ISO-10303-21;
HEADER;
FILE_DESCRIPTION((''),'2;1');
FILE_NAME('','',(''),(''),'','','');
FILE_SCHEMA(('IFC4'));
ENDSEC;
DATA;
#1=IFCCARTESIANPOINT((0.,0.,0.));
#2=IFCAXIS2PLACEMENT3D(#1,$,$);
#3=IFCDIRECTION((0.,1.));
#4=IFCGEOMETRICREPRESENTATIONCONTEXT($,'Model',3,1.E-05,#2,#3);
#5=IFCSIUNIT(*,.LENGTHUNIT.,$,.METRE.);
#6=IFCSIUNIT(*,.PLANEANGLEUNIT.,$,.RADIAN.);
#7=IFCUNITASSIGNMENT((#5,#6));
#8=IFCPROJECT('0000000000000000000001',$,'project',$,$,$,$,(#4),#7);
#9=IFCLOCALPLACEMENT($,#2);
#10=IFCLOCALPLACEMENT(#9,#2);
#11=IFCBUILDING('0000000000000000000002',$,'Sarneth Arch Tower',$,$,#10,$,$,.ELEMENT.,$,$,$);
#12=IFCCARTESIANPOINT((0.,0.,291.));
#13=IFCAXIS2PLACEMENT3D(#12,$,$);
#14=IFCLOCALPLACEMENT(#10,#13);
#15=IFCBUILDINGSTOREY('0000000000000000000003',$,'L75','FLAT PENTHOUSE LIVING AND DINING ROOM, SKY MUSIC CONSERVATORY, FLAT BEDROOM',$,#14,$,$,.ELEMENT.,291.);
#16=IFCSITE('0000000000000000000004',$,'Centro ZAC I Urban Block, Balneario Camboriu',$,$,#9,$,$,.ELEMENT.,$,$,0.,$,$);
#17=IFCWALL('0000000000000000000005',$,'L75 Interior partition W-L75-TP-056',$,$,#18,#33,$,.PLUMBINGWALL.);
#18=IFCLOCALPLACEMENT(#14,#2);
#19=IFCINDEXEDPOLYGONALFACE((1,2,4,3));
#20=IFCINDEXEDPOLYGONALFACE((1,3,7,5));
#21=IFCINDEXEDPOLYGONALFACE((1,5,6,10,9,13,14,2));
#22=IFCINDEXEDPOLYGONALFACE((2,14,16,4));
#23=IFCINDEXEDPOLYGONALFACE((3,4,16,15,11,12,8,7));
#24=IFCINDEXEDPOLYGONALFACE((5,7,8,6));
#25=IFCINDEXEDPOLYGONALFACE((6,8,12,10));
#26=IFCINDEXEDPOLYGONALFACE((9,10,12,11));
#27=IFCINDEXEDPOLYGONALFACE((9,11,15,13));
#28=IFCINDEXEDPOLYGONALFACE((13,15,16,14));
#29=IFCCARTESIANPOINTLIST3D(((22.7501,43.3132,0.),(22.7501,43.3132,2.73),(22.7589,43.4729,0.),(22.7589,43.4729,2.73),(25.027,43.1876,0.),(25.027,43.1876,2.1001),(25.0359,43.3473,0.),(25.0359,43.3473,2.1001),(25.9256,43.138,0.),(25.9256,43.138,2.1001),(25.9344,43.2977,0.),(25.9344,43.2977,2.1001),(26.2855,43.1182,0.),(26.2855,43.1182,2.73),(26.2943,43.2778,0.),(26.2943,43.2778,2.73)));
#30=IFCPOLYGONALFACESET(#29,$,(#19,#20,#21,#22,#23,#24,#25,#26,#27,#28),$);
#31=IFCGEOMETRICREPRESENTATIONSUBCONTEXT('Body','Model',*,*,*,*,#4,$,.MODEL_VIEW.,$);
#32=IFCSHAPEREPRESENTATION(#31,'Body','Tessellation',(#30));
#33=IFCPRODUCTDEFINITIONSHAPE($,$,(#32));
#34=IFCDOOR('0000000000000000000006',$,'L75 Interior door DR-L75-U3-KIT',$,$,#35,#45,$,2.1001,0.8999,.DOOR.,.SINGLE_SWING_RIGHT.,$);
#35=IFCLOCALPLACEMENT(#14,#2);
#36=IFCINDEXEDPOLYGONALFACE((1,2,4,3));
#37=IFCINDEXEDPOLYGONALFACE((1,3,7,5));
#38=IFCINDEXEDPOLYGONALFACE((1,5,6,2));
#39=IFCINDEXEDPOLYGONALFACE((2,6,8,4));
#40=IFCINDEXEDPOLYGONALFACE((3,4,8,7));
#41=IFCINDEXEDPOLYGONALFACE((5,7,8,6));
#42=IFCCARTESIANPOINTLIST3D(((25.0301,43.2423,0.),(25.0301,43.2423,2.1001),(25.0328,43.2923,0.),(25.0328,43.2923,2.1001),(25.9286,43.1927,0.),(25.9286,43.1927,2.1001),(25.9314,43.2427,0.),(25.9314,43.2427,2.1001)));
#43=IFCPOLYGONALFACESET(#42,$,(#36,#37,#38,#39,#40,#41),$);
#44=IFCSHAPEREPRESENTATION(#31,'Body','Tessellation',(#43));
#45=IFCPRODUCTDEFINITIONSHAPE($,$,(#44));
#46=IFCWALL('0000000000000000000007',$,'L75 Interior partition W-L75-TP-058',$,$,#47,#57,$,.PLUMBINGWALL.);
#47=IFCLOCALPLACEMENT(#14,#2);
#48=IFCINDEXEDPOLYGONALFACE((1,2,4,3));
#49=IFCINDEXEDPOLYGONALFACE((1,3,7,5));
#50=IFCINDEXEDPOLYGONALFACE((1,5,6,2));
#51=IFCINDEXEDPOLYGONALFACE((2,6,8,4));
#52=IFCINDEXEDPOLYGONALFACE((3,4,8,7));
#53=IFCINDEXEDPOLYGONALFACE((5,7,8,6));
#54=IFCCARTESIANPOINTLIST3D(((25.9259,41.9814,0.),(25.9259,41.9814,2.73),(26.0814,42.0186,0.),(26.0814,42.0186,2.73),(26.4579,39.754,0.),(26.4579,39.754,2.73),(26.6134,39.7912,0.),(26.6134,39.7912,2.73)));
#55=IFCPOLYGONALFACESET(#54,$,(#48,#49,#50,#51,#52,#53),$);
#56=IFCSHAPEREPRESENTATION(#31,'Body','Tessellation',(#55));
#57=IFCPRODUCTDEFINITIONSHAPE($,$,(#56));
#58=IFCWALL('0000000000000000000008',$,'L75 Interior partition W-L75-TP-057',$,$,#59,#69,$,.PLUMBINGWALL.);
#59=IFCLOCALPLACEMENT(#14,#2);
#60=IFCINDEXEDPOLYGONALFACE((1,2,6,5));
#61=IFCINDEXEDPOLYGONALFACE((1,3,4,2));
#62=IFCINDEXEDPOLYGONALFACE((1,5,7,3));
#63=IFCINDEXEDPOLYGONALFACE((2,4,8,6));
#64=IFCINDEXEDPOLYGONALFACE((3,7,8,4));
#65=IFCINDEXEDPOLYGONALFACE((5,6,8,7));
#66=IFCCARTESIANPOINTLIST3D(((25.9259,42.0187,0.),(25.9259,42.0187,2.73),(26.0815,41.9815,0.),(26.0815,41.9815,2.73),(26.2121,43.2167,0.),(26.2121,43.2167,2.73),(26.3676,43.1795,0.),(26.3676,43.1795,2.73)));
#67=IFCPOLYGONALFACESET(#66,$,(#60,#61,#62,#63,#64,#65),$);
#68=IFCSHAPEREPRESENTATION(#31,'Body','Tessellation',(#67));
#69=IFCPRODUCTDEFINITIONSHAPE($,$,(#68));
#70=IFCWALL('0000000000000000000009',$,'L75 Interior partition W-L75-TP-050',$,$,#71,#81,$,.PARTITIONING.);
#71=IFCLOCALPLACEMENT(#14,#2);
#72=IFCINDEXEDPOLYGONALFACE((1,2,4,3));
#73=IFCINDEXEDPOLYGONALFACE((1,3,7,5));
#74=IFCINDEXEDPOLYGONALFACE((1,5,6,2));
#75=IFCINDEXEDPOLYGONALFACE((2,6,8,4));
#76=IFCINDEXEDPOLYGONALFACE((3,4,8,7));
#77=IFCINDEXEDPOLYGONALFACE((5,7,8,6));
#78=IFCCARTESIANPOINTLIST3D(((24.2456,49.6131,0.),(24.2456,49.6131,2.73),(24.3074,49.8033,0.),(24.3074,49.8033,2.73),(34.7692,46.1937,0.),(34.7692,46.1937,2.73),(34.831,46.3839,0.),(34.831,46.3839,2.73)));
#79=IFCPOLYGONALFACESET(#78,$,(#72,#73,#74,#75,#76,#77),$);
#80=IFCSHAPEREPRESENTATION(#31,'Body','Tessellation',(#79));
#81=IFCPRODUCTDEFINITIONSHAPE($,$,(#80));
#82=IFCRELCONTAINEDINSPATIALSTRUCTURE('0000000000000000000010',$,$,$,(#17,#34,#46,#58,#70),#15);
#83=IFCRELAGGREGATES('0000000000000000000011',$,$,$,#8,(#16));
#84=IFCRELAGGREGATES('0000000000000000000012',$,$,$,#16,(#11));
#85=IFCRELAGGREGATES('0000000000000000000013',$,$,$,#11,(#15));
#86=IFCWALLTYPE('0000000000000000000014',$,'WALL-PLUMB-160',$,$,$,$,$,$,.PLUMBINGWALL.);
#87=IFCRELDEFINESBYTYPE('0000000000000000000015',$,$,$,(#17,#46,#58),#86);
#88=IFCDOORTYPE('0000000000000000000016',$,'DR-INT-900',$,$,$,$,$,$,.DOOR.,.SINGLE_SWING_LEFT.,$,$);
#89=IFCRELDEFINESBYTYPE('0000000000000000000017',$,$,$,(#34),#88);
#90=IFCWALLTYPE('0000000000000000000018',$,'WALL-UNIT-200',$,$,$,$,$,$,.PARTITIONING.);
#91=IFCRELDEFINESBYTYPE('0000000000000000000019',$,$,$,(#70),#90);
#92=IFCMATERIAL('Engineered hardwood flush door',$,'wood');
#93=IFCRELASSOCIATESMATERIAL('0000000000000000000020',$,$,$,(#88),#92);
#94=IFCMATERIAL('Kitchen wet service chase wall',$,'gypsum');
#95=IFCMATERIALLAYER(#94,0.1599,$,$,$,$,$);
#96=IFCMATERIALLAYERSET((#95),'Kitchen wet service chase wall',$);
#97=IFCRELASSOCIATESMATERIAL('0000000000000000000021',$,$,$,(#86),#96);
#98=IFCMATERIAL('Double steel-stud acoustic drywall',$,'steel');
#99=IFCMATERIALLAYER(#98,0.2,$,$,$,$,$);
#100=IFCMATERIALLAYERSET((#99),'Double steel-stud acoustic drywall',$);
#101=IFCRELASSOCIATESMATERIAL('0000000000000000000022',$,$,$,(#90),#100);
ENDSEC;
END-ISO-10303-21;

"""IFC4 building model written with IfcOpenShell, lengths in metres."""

from ifc_helpers import new_model, si_unit, direction, frame, frame_2d, origin, place, context, subcontext, project, spatial, rectangle, extrude, material, layer, layer_set, type_object, element, fill, save


model = new_model("IFC4")

# Units and contexts
model_context = context("Model", 3, precision=1e-05, world=origin(), true_north=direction((0.0, 1.0)))
body_context = subcontext(model_context, "Body", "Model", "MODEL_VIEW")
ifc_project = project(units=[si_unit("LENGTHUNIT", "METRE"), si_unit("PLANEANGLEUNIT", "RADIAN")], contexts=[model_context])

# Site, building, storey
site_placement = place(None, origin())
site = spatial("IfcSite", under=ifc_project, at=site_placement, Name="Centro ZAC I Urban Block, Balneario Camboriu", CompositionType="ELEMENT", RefElevation=0.0)
building_placement = place(site_placement, origin())
building = spatial("IfcBuilding", under=site, at=building_placement, Name="Sarneth Arch Tower", CompositionType="ELEMENT")
storey_placement = place(building_placement, frame((0.0, 0.0, 291.0)))
storey = spatial("IfcBuildingStorey", under=building, at=storey_placement, Name="L75", Description="FLAT PENTHOUSE LIVING AND DINING ROOM, SKY MUSIC CONSERVATORY, FLAT BEDROOM", CompositionType="ELEMENT", Elevation=291.0)

# Shared definitions
ifc_material_1 = material(Name="Engineered hardwood flush door", Category="wood")
door_type_1 = type_object("IfcDoorType", Name="DR-INT-900", OperationType="SINGLE_SWING_LEFT", PredefinedType="DOOR", material=ifc_material_1)

# Wall, opening, door
ifc_material_2 = material(Name="Kitchen wet service chase wall", Category="gypsum")
ifc_layer_1 = layer(ifc_material_2, 0.1599)
ifc_layer_set_1 = layer_set([ifc_layer_1], Name="Kitchen wet service chase wall")
wall_type_1 = type_object("IfcWallType", Name="WALL-PLUMB-160", PredefinedType="PLUMBINGWALL", material=ifc_layer_set_1)
wall_1_placement = place(storey_placement, frame((22.7544, 43.3931, 0.0), z_axis=(0.0, 0.0, 1.0), x_axis=(0.998481, -0.055092, 0.0)))
wall_1 = element("IfcWall", 1, at=wall_1_placement, inside=storey, type_object=wall_type_1, Name="L75 Interior partition W-L75-TP-056", PredefinedType="PLUMBINGWALL", context=body_context, shape_type="SweptSolid", body=[
    extrude(rectangle(XDim=3.5408, YDim=0.1599, at=frame_2d((1.7705, 0.0))), origin(), (0.0, 0.0, 1.0), 2.73),
])
opening_1_placement = place(wall_1_placement, frame((2.2805, 0.0, 0.0)))
opening_1 = element("IfcOpeningElement", 2, at=opening_1_placement, cuts=wall_1, PredefinedType="OPENING", context=body_context, shape_type="SweptSolid", body=[
    extrude(rectangle(XDim=0.8999, YDim=2.1001, at=frame_2d((0.45, 1.05))), frame((0.0, 0.0898, 0.0), z_axis=(0.0, -1.0, 0.0), x_axis=(1.0, 0.0, 0.0)), (0.0, 0.0, 1.0), 0.1799),
])
door_1_placement = place(opening_1_placement, origin())
door_1 = element("IfcDoor", 3, at=door_1_placement, inside=storey, type_object=door_type_1, Name="L75 Interior door DR-L75-U3-KIT", OperationType="SINGLE_SWING_RIGHT", OverallHeight=2.1001, OverallWidth=0.8999, PredefinedType="DOOR", context=body_context, shape_type="SweptSolid", body=[
    extrude(rectangle(XDim=0.8999, YDim=2.1001, at=frame_2d((0.45, 1.05))), frame((0.0, 0.0249, 0.0), z_axis=(0.0, -1.0, 0.0), x_axis=(1.0, 0.0, 0.0)), (0.0, 0.0, 1.0), 0.05),
])
fill(opening_1, door_1)

# Walls
wall_2_placement = place(storey_placement, frame((26.0037, 42.0, 0.0), z_axis=(0.0, 0.0, 1.0), x_axis=(0.232312, -0.972641, 0.0)))
element("IfcWall", 4, at=wall_2_placement, inside=storey, type_object=wall_type_1, Name="L75 Interior partition W-L75-TP-058", PredefinedType="PLUMBINGWALL", context=body_context, shape_type="SweptSolid", body=[
    extrude(rectangle(XDim=2.29, YDim=0.1599, at=frame_2d((1.145, 0.0))), origin(), (0.0, 0.0, 1.0), 2.73),
])
wall_3_placement = place(storey_placement, frame((26.2898, 43.198, 0.0), z_axis=(0.0, 0.0, 1.0), x_axis=(-0.232308, -0.972642, 0.0)))
element("IfcWall", 5, at=wall_3_placement, inside=storey, type_object=wall_type_1, Name="L75 Interior partition W-L75-TP-057", PredefinedType="PLUMBINGWALL", context=body_context, shape_type="SweptSolid", body=[
    extrude(rectangle(XDim=1.2317, YDim=0.1599, at=frame_2d((0.6157, 0.0))), origin(), (0.0, 0.0, 1.0), 2.73),
])
ifc_material_3 = material(Name="Double steel-stud acoustic drywall", Category="steel")
ifc_layer_2 = layer(ifc_material_3, 0.2)
ifc_layer_set_2 = layer_set([ifc_layer_2], Name="Double steel-stud acoustic drywall")
wall_type_2 = type_object("IfcWallType", Name="WALL-UNIT-200", PredefinedType="PARTITIONING", material=ifc_layer_set_2)
wall_4_placement = place(storey_placement, frame((24.2764, 49.7083, 0.0), z_axis=(0.0, 0.0, 1.0), x_axis=(0.951054, -0.309024, 0.0)))
element("IfcWall", 6, at=wall_4_placement, inside=storey, type_object=wall_type_2, Name="L75 Interior partition W-L75-TP-050", PredefinedType="PARTITIONING", context=body_context, shape_type="SweptSolid", body=[
    extrude(rectangle(XDim=11.0652, YDim=0.2, at=frame_2d((5.5327, 0.0))), origin(), (0.0, 0.0, 1.0), 2.73),
])

save(model, "model.ifc")
